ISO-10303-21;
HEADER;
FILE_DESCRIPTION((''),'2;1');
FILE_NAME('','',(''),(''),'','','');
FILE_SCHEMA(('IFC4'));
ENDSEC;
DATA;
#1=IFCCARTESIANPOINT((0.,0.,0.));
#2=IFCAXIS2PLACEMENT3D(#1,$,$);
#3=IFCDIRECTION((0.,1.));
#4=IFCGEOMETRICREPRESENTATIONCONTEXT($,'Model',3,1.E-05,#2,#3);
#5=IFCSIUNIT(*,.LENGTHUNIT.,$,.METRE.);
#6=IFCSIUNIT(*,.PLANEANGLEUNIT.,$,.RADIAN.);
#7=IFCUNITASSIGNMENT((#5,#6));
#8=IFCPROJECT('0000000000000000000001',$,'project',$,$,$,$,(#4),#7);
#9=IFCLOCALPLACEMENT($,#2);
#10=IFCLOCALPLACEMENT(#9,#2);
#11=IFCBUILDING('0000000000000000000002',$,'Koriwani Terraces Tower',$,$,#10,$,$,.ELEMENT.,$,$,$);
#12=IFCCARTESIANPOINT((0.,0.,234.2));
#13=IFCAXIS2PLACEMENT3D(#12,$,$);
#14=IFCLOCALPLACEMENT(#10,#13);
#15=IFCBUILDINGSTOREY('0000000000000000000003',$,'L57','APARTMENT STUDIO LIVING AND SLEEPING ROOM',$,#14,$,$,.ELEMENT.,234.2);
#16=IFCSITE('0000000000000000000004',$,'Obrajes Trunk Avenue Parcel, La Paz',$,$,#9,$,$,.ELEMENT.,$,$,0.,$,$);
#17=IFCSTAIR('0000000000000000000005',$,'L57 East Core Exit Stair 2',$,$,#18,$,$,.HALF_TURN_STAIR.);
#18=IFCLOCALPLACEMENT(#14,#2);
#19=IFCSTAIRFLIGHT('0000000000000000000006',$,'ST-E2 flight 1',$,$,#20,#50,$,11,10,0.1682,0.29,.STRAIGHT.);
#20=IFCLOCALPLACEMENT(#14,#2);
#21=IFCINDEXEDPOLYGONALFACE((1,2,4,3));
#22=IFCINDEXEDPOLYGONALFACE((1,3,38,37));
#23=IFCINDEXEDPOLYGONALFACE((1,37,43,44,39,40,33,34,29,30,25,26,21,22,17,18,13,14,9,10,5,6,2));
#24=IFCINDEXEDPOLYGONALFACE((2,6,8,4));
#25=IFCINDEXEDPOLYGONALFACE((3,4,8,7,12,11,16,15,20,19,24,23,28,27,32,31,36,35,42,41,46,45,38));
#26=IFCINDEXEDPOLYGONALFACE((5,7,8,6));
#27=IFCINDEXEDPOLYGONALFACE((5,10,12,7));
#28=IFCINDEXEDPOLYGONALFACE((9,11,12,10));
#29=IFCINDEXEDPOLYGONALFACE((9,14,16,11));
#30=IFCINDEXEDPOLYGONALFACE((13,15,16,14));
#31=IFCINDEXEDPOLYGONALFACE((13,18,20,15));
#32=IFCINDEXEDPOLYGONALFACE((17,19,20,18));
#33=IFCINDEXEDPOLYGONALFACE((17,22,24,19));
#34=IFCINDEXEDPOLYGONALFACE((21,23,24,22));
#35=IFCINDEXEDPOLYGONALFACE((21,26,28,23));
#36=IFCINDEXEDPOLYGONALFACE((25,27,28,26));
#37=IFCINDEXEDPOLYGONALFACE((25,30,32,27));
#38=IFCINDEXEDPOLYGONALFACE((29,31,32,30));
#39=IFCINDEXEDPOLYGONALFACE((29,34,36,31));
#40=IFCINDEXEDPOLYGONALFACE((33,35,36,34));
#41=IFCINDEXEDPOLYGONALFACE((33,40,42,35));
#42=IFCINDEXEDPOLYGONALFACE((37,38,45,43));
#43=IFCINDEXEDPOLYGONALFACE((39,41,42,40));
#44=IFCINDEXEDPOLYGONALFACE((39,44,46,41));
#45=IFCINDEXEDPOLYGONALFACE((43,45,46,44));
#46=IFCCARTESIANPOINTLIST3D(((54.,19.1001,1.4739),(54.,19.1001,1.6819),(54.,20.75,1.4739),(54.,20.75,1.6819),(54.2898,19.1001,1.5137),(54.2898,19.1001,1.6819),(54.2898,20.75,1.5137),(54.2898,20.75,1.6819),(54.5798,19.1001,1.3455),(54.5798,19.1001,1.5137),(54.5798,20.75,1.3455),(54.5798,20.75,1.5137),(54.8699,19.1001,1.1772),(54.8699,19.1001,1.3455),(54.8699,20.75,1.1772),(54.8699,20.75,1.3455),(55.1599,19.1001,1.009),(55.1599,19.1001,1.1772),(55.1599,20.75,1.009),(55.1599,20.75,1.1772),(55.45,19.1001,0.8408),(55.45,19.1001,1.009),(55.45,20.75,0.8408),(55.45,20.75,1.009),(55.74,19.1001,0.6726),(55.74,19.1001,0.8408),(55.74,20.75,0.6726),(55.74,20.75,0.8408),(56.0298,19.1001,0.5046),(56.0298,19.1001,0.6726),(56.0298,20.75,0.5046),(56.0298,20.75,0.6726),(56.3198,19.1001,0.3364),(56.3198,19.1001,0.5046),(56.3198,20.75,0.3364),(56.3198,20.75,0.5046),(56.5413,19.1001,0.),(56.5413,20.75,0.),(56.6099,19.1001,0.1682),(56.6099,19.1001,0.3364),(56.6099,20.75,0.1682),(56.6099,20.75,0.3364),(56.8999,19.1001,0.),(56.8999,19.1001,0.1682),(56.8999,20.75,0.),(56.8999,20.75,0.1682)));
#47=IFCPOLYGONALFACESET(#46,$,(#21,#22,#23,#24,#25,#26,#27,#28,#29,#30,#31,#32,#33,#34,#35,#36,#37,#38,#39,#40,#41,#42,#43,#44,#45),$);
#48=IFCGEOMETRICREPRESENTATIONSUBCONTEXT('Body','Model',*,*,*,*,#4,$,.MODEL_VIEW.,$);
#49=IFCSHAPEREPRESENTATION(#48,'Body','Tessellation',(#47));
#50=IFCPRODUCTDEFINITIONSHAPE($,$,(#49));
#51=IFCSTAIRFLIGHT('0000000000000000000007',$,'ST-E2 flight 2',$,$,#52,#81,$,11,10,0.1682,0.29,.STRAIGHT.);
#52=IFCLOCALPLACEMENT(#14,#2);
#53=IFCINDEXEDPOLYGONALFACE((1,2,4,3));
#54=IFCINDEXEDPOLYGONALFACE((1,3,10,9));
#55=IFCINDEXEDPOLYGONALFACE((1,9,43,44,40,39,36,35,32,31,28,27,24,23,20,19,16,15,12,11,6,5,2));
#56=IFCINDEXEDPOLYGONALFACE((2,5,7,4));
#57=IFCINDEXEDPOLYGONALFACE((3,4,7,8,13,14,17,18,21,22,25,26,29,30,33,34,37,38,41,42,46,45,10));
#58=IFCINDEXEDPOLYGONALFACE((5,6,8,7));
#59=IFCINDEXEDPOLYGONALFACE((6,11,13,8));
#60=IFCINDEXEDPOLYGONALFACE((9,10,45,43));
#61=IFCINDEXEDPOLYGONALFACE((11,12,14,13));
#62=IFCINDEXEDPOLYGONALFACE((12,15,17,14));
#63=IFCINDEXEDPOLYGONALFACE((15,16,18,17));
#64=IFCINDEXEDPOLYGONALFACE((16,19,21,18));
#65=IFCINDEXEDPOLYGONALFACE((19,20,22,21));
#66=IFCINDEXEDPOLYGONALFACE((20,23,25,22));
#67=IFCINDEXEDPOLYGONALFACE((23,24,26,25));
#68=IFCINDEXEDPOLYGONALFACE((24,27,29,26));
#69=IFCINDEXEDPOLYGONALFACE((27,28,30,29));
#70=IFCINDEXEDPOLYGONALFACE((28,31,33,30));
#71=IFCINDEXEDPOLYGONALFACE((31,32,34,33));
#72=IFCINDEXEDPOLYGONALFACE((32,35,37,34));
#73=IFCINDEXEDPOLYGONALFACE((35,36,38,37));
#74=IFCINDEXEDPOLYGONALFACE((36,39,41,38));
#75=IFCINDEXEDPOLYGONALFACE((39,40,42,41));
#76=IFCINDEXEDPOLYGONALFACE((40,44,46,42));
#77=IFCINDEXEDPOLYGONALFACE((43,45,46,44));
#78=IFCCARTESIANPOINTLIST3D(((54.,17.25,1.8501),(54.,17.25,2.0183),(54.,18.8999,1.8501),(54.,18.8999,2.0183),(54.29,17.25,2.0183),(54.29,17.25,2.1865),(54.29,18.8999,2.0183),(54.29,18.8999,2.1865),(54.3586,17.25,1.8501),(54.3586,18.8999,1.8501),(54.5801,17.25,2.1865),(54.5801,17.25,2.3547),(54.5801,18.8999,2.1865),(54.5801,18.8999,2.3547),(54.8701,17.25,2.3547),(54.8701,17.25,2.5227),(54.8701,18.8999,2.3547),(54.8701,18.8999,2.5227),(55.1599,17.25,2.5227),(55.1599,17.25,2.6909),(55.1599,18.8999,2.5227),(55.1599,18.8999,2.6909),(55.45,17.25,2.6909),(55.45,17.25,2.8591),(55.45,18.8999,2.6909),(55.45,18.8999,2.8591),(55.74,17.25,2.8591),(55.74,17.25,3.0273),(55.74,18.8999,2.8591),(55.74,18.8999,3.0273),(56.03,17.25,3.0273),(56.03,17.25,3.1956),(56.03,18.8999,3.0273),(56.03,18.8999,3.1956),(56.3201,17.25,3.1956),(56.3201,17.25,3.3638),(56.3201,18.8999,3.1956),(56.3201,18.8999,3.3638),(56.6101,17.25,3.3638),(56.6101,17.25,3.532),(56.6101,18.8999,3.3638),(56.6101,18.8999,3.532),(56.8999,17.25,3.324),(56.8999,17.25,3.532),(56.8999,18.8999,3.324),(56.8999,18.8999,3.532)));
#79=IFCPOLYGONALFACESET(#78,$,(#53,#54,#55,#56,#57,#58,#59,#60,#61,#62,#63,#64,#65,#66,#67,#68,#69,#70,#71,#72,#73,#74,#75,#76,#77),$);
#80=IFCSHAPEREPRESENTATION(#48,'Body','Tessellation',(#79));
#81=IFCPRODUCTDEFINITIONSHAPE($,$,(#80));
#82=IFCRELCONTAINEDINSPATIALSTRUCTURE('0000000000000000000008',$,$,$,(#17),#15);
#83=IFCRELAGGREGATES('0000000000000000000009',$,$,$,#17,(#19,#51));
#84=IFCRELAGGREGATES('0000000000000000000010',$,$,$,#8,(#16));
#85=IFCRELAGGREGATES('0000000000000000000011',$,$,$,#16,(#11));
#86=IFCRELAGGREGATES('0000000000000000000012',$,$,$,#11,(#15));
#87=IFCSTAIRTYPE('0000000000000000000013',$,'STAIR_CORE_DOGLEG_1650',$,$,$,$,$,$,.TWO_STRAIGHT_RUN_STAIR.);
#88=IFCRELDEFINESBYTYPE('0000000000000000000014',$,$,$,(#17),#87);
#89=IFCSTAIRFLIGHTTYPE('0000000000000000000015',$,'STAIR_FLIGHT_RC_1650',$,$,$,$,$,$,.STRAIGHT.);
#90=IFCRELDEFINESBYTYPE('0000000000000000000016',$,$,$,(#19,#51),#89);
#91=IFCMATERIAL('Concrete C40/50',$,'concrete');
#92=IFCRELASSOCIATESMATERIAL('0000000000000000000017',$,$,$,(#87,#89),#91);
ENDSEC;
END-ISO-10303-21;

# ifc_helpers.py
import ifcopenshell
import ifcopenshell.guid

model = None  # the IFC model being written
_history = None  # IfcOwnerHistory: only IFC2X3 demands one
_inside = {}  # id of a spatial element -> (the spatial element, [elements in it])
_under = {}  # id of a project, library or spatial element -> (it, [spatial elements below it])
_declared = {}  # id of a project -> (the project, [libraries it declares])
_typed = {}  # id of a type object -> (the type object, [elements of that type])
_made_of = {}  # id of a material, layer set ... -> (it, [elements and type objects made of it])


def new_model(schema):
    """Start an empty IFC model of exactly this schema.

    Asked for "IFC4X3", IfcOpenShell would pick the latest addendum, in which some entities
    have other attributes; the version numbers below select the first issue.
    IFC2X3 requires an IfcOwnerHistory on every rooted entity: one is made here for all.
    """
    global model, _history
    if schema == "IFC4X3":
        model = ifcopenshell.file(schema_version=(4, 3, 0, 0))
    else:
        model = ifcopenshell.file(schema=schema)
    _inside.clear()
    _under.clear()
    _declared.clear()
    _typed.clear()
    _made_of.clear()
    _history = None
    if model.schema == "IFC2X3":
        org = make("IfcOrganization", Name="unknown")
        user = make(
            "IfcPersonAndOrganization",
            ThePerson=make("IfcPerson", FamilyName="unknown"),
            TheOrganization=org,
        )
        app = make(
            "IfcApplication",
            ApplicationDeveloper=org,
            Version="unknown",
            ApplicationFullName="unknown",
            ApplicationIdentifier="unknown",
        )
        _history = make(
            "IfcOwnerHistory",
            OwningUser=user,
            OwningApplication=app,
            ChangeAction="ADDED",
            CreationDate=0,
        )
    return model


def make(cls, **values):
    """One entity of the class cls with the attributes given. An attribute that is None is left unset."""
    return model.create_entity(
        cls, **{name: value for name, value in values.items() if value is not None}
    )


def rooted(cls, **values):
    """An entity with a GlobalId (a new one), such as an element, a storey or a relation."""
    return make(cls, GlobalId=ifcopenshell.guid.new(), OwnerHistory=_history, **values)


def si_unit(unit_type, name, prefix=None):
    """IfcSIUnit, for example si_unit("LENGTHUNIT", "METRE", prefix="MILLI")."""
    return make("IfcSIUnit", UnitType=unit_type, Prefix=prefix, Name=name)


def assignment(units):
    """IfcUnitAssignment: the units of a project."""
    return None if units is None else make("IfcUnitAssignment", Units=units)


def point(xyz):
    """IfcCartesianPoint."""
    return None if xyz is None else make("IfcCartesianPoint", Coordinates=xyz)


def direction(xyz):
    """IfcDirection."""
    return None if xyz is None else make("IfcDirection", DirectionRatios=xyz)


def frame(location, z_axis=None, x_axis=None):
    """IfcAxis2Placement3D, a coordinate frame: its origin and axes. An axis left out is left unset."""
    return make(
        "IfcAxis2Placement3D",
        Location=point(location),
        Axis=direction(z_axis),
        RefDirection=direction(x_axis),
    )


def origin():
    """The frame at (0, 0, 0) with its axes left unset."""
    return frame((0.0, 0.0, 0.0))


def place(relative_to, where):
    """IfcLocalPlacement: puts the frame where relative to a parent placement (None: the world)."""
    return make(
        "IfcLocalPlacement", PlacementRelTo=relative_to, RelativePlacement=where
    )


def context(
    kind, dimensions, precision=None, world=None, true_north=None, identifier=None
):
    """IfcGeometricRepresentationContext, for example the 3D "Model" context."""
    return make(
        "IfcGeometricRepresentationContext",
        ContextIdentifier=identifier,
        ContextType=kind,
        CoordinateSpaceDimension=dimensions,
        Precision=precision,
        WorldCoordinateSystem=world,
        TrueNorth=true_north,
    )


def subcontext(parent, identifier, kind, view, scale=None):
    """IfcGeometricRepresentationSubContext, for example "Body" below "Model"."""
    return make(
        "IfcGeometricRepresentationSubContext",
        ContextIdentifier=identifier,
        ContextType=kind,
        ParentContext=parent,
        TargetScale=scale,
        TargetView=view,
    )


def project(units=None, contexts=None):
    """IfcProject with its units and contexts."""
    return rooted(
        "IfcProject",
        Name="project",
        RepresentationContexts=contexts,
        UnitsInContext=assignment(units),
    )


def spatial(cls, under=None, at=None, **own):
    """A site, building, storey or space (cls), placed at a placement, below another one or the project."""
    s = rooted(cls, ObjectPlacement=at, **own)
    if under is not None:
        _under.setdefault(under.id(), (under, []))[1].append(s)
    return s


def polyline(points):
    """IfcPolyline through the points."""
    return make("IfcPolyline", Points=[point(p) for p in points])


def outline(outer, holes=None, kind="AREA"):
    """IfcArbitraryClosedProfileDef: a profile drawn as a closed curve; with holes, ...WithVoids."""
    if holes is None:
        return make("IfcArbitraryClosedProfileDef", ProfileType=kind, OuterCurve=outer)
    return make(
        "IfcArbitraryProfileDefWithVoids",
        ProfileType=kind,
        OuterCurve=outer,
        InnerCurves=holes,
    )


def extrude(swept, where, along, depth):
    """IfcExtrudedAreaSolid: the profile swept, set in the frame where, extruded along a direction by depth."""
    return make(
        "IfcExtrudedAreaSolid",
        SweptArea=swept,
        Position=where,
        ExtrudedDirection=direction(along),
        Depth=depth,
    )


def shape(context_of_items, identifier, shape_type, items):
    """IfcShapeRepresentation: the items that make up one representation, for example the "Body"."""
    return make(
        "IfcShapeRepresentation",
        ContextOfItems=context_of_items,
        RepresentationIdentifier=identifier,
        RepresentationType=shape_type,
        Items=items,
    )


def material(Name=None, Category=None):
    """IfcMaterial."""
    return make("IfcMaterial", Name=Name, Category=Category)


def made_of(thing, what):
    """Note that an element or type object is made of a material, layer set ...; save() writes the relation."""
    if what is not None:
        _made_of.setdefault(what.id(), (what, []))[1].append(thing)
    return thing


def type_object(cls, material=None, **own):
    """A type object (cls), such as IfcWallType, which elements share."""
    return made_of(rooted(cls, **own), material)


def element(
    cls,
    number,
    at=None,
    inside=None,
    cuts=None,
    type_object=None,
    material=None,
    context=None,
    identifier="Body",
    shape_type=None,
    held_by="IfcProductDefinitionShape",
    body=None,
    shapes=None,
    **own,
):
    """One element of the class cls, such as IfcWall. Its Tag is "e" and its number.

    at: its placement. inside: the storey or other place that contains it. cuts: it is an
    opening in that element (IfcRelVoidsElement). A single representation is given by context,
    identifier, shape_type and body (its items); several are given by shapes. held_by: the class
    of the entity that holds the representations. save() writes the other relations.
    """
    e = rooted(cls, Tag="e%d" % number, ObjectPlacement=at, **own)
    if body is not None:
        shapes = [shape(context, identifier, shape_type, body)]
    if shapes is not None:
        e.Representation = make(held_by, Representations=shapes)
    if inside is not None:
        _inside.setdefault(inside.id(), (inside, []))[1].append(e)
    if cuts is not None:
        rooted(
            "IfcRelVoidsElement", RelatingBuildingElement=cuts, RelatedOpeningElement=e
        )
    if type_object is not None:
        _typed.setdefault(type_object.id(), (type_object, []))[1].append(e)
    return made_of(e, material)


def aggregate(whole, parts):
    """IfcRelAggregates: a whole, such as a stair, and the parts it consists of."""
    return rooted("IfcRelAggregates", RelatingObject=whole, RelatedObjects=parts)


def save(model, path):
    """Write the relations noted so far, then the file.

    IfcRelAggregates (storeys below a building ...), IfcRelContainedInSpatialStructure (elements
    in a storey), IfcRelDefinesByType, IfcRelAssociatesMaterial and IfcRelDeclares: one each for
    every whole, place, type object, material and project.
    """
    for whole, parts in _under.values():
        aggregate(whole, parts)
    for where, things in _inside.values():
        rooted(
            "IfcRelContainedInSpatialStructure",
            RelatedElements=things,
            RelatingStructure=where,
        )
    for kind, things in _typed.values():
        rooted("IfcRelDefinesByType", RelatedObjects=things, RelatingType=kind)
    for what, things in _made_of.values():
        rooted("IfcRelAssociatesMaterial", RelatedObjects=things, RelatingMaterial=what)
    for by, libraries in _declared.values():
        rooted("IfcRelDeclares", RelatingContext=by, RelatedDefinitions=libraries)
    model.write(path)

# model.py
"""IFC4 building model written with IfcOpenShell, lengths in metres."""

from ifc_helpers import new_model, si_unit, direction, frame, origin, place, context, subcontext, project, spatial, polyline, outline, extrude, material, type_object, element, aggregate, save


model = new_model("IFC4")

# Units and contexts
model_context = context("Model", 3, precision=1e-05, world=origin(), true_north=direction((0.0, 1.0)))
body_context = subcontext(model_context, "Body", "Model", "MODEL_VIEW")
ifc_project = project(units=[si_unit("LENGTHUNIT", "METRE"), si_unit("PLANEANGLEUNIT", "RADIAN")], contexts=[model_context])

# Site, building, storey
site_placement = place(None, origin())
site = spatial("IfcSite", under=ifc_project, at=site_placement, Name="Obrajes Trunk Avenue Parcel, La Paz", CompositionType="ELEMENT", RefElevation=0.0)
building_placement = place(site_placement, origin())
building = spatial("IfcBuilding", under=site, at=building_placement, Name="Koriwani Terraces Tower", CompositionType="ELEMENT")
storey_placement = place(building_placement, frame((0.0, 0.0, 234.2)))
storey = spatial("IfcBuildingStorey", under=building, at=storey_placement, Name="L57", Description="APARTMENT STUDIO LIVING AND SLEEPING ROOM", CompositionType="ELEMENT", Elevation=234.2)

# Shared definitions
ifc_material_1 = material(Name="Concrete C40/50", Category="concrete")

# Stair, stair flights
stair_type = type_object("IfcStairType", Name="STAIR_CORE_DOGLEG_1650", PredefinedType="TWO_STRAIGHT_RUN_STAIR", material=ifc_material_1)
stair_placement = place(storey_placement, origin())
stair = element("IfcStair", 1, at=stair_placement, inside=storey, type_object=stair_type, Name="L57 East Core Exit Stair 2", PredefinedType="HALF_TURN_STAIR")
stair_flight_type = type_object("IfcStairFlightType", Name="STAIR_FLIGHT_RC_1650", PredefinedType="STRAIGHT", material=ifc_material_1)
stair_flight_1_placement = place(storey_placement, frame((56.8999, 19.925, 0.0), z_axis=(0.0, 0.0, 1.0), x_axis=(-1.0, 0.0, 0.0)))
stair_flight_1 = element("IfcStairFlight", 2, at=stair_flight_1_placement, type_object=stair_flight_type, Name="ST-E2 flight 1", NumberOfRisers=11, NumberOfTreads=10, PredefinedType="STRAIGHT", RiserHeight=0.1682, TreadLength=0.29, context=body_context, shape_type="SweptSolid", body=[
    extrude(outline(polyline([(0.0, 0.0), (0.0, 0.1682), (0.29, 0.1682), (0.29, 0.3364), (0.5801, 0.3364), (0.5801, 0.5046), (0.8701, 0.5046), (0.8701, 0.6726), (1.1599, 0.6726), (1.1599, 0.8408), (1.45, 0.8408), (1.45, 1.009), (1.74, 1.009), (1.74, 1.1772), (2.03, 1.1772), (2.03, 1.3455), (2.3201, 1.3455), (2.3201, 1.5137), (2.6101, 1.5137), (2.6101, 1.6819), (2.8999, 1.6819), (2.8999, 1.8501), (2.8999, 1.4739), (0.3586, 0.0), (0.0, 0.0)])), frame((0.0, 0.825, 0.0), z_axis=(0.0, -1.0, 0.0), x_axis=(1.0, 0.0, 0.0)), (0.0, 0.0, 1.0), 1.6499),
])
stair_flight_2_placement = place(storey_placement, frame((54.0, 18.075, 1.8501), z_axis=(0.0, 0.0, 1.0), x_axis=(1.0, 0.0, 0.0)))
stair_flight_2 = element("IfcStairFlight", 3, at=stair_flight_2_placement, type_object=stair_flight_type, Name="ST-E2 flight 2", NumberOfRisers=11, NumberOfTreads=10, PredefinedType="STRAIGHT", RiserHeight=0.1682, TreadLength=0.29, context=body_context, shape_type="SweptSolid", body=[
    extrude(outline(polyline([(0.0, 0.0), (0.0, 0.1682), (0.29, 0.1682), (0.29, 0.3364), (0.5801, 0.3364), (0.5801, 0.5046), (0.8701, 0.5046), (0.8701, 0.6726), (1.1599, 0.6726), (1.1599, 0.8408), (1.45, 0.8408), (1.45, 1.009), (1.74, 1.009), (1.74, 1.1772), (2.03, 1.1772), (2.03, 1.3455), (2.3201, 1.3455), (2.3201, 1.5137), (2.6101, 1.5137), (2.6101, 1.6819), (2.8999, 1.6819), (2.8999, 1.8501), (2.8999, 1.4739), (0.3586, 0.0), (0.0, 0.0)])), frame((0.0, 0.825, 0.0), z_axis=(0.0, -1.0, 0.0), x_axis=(1.0, 0.0, 0.0)), (0.0, 0.0, 1.0), 1.6499),
])
aggregate(stair, [stair_flight_1, stair_flight_2])

save(model, "model.ifc")
